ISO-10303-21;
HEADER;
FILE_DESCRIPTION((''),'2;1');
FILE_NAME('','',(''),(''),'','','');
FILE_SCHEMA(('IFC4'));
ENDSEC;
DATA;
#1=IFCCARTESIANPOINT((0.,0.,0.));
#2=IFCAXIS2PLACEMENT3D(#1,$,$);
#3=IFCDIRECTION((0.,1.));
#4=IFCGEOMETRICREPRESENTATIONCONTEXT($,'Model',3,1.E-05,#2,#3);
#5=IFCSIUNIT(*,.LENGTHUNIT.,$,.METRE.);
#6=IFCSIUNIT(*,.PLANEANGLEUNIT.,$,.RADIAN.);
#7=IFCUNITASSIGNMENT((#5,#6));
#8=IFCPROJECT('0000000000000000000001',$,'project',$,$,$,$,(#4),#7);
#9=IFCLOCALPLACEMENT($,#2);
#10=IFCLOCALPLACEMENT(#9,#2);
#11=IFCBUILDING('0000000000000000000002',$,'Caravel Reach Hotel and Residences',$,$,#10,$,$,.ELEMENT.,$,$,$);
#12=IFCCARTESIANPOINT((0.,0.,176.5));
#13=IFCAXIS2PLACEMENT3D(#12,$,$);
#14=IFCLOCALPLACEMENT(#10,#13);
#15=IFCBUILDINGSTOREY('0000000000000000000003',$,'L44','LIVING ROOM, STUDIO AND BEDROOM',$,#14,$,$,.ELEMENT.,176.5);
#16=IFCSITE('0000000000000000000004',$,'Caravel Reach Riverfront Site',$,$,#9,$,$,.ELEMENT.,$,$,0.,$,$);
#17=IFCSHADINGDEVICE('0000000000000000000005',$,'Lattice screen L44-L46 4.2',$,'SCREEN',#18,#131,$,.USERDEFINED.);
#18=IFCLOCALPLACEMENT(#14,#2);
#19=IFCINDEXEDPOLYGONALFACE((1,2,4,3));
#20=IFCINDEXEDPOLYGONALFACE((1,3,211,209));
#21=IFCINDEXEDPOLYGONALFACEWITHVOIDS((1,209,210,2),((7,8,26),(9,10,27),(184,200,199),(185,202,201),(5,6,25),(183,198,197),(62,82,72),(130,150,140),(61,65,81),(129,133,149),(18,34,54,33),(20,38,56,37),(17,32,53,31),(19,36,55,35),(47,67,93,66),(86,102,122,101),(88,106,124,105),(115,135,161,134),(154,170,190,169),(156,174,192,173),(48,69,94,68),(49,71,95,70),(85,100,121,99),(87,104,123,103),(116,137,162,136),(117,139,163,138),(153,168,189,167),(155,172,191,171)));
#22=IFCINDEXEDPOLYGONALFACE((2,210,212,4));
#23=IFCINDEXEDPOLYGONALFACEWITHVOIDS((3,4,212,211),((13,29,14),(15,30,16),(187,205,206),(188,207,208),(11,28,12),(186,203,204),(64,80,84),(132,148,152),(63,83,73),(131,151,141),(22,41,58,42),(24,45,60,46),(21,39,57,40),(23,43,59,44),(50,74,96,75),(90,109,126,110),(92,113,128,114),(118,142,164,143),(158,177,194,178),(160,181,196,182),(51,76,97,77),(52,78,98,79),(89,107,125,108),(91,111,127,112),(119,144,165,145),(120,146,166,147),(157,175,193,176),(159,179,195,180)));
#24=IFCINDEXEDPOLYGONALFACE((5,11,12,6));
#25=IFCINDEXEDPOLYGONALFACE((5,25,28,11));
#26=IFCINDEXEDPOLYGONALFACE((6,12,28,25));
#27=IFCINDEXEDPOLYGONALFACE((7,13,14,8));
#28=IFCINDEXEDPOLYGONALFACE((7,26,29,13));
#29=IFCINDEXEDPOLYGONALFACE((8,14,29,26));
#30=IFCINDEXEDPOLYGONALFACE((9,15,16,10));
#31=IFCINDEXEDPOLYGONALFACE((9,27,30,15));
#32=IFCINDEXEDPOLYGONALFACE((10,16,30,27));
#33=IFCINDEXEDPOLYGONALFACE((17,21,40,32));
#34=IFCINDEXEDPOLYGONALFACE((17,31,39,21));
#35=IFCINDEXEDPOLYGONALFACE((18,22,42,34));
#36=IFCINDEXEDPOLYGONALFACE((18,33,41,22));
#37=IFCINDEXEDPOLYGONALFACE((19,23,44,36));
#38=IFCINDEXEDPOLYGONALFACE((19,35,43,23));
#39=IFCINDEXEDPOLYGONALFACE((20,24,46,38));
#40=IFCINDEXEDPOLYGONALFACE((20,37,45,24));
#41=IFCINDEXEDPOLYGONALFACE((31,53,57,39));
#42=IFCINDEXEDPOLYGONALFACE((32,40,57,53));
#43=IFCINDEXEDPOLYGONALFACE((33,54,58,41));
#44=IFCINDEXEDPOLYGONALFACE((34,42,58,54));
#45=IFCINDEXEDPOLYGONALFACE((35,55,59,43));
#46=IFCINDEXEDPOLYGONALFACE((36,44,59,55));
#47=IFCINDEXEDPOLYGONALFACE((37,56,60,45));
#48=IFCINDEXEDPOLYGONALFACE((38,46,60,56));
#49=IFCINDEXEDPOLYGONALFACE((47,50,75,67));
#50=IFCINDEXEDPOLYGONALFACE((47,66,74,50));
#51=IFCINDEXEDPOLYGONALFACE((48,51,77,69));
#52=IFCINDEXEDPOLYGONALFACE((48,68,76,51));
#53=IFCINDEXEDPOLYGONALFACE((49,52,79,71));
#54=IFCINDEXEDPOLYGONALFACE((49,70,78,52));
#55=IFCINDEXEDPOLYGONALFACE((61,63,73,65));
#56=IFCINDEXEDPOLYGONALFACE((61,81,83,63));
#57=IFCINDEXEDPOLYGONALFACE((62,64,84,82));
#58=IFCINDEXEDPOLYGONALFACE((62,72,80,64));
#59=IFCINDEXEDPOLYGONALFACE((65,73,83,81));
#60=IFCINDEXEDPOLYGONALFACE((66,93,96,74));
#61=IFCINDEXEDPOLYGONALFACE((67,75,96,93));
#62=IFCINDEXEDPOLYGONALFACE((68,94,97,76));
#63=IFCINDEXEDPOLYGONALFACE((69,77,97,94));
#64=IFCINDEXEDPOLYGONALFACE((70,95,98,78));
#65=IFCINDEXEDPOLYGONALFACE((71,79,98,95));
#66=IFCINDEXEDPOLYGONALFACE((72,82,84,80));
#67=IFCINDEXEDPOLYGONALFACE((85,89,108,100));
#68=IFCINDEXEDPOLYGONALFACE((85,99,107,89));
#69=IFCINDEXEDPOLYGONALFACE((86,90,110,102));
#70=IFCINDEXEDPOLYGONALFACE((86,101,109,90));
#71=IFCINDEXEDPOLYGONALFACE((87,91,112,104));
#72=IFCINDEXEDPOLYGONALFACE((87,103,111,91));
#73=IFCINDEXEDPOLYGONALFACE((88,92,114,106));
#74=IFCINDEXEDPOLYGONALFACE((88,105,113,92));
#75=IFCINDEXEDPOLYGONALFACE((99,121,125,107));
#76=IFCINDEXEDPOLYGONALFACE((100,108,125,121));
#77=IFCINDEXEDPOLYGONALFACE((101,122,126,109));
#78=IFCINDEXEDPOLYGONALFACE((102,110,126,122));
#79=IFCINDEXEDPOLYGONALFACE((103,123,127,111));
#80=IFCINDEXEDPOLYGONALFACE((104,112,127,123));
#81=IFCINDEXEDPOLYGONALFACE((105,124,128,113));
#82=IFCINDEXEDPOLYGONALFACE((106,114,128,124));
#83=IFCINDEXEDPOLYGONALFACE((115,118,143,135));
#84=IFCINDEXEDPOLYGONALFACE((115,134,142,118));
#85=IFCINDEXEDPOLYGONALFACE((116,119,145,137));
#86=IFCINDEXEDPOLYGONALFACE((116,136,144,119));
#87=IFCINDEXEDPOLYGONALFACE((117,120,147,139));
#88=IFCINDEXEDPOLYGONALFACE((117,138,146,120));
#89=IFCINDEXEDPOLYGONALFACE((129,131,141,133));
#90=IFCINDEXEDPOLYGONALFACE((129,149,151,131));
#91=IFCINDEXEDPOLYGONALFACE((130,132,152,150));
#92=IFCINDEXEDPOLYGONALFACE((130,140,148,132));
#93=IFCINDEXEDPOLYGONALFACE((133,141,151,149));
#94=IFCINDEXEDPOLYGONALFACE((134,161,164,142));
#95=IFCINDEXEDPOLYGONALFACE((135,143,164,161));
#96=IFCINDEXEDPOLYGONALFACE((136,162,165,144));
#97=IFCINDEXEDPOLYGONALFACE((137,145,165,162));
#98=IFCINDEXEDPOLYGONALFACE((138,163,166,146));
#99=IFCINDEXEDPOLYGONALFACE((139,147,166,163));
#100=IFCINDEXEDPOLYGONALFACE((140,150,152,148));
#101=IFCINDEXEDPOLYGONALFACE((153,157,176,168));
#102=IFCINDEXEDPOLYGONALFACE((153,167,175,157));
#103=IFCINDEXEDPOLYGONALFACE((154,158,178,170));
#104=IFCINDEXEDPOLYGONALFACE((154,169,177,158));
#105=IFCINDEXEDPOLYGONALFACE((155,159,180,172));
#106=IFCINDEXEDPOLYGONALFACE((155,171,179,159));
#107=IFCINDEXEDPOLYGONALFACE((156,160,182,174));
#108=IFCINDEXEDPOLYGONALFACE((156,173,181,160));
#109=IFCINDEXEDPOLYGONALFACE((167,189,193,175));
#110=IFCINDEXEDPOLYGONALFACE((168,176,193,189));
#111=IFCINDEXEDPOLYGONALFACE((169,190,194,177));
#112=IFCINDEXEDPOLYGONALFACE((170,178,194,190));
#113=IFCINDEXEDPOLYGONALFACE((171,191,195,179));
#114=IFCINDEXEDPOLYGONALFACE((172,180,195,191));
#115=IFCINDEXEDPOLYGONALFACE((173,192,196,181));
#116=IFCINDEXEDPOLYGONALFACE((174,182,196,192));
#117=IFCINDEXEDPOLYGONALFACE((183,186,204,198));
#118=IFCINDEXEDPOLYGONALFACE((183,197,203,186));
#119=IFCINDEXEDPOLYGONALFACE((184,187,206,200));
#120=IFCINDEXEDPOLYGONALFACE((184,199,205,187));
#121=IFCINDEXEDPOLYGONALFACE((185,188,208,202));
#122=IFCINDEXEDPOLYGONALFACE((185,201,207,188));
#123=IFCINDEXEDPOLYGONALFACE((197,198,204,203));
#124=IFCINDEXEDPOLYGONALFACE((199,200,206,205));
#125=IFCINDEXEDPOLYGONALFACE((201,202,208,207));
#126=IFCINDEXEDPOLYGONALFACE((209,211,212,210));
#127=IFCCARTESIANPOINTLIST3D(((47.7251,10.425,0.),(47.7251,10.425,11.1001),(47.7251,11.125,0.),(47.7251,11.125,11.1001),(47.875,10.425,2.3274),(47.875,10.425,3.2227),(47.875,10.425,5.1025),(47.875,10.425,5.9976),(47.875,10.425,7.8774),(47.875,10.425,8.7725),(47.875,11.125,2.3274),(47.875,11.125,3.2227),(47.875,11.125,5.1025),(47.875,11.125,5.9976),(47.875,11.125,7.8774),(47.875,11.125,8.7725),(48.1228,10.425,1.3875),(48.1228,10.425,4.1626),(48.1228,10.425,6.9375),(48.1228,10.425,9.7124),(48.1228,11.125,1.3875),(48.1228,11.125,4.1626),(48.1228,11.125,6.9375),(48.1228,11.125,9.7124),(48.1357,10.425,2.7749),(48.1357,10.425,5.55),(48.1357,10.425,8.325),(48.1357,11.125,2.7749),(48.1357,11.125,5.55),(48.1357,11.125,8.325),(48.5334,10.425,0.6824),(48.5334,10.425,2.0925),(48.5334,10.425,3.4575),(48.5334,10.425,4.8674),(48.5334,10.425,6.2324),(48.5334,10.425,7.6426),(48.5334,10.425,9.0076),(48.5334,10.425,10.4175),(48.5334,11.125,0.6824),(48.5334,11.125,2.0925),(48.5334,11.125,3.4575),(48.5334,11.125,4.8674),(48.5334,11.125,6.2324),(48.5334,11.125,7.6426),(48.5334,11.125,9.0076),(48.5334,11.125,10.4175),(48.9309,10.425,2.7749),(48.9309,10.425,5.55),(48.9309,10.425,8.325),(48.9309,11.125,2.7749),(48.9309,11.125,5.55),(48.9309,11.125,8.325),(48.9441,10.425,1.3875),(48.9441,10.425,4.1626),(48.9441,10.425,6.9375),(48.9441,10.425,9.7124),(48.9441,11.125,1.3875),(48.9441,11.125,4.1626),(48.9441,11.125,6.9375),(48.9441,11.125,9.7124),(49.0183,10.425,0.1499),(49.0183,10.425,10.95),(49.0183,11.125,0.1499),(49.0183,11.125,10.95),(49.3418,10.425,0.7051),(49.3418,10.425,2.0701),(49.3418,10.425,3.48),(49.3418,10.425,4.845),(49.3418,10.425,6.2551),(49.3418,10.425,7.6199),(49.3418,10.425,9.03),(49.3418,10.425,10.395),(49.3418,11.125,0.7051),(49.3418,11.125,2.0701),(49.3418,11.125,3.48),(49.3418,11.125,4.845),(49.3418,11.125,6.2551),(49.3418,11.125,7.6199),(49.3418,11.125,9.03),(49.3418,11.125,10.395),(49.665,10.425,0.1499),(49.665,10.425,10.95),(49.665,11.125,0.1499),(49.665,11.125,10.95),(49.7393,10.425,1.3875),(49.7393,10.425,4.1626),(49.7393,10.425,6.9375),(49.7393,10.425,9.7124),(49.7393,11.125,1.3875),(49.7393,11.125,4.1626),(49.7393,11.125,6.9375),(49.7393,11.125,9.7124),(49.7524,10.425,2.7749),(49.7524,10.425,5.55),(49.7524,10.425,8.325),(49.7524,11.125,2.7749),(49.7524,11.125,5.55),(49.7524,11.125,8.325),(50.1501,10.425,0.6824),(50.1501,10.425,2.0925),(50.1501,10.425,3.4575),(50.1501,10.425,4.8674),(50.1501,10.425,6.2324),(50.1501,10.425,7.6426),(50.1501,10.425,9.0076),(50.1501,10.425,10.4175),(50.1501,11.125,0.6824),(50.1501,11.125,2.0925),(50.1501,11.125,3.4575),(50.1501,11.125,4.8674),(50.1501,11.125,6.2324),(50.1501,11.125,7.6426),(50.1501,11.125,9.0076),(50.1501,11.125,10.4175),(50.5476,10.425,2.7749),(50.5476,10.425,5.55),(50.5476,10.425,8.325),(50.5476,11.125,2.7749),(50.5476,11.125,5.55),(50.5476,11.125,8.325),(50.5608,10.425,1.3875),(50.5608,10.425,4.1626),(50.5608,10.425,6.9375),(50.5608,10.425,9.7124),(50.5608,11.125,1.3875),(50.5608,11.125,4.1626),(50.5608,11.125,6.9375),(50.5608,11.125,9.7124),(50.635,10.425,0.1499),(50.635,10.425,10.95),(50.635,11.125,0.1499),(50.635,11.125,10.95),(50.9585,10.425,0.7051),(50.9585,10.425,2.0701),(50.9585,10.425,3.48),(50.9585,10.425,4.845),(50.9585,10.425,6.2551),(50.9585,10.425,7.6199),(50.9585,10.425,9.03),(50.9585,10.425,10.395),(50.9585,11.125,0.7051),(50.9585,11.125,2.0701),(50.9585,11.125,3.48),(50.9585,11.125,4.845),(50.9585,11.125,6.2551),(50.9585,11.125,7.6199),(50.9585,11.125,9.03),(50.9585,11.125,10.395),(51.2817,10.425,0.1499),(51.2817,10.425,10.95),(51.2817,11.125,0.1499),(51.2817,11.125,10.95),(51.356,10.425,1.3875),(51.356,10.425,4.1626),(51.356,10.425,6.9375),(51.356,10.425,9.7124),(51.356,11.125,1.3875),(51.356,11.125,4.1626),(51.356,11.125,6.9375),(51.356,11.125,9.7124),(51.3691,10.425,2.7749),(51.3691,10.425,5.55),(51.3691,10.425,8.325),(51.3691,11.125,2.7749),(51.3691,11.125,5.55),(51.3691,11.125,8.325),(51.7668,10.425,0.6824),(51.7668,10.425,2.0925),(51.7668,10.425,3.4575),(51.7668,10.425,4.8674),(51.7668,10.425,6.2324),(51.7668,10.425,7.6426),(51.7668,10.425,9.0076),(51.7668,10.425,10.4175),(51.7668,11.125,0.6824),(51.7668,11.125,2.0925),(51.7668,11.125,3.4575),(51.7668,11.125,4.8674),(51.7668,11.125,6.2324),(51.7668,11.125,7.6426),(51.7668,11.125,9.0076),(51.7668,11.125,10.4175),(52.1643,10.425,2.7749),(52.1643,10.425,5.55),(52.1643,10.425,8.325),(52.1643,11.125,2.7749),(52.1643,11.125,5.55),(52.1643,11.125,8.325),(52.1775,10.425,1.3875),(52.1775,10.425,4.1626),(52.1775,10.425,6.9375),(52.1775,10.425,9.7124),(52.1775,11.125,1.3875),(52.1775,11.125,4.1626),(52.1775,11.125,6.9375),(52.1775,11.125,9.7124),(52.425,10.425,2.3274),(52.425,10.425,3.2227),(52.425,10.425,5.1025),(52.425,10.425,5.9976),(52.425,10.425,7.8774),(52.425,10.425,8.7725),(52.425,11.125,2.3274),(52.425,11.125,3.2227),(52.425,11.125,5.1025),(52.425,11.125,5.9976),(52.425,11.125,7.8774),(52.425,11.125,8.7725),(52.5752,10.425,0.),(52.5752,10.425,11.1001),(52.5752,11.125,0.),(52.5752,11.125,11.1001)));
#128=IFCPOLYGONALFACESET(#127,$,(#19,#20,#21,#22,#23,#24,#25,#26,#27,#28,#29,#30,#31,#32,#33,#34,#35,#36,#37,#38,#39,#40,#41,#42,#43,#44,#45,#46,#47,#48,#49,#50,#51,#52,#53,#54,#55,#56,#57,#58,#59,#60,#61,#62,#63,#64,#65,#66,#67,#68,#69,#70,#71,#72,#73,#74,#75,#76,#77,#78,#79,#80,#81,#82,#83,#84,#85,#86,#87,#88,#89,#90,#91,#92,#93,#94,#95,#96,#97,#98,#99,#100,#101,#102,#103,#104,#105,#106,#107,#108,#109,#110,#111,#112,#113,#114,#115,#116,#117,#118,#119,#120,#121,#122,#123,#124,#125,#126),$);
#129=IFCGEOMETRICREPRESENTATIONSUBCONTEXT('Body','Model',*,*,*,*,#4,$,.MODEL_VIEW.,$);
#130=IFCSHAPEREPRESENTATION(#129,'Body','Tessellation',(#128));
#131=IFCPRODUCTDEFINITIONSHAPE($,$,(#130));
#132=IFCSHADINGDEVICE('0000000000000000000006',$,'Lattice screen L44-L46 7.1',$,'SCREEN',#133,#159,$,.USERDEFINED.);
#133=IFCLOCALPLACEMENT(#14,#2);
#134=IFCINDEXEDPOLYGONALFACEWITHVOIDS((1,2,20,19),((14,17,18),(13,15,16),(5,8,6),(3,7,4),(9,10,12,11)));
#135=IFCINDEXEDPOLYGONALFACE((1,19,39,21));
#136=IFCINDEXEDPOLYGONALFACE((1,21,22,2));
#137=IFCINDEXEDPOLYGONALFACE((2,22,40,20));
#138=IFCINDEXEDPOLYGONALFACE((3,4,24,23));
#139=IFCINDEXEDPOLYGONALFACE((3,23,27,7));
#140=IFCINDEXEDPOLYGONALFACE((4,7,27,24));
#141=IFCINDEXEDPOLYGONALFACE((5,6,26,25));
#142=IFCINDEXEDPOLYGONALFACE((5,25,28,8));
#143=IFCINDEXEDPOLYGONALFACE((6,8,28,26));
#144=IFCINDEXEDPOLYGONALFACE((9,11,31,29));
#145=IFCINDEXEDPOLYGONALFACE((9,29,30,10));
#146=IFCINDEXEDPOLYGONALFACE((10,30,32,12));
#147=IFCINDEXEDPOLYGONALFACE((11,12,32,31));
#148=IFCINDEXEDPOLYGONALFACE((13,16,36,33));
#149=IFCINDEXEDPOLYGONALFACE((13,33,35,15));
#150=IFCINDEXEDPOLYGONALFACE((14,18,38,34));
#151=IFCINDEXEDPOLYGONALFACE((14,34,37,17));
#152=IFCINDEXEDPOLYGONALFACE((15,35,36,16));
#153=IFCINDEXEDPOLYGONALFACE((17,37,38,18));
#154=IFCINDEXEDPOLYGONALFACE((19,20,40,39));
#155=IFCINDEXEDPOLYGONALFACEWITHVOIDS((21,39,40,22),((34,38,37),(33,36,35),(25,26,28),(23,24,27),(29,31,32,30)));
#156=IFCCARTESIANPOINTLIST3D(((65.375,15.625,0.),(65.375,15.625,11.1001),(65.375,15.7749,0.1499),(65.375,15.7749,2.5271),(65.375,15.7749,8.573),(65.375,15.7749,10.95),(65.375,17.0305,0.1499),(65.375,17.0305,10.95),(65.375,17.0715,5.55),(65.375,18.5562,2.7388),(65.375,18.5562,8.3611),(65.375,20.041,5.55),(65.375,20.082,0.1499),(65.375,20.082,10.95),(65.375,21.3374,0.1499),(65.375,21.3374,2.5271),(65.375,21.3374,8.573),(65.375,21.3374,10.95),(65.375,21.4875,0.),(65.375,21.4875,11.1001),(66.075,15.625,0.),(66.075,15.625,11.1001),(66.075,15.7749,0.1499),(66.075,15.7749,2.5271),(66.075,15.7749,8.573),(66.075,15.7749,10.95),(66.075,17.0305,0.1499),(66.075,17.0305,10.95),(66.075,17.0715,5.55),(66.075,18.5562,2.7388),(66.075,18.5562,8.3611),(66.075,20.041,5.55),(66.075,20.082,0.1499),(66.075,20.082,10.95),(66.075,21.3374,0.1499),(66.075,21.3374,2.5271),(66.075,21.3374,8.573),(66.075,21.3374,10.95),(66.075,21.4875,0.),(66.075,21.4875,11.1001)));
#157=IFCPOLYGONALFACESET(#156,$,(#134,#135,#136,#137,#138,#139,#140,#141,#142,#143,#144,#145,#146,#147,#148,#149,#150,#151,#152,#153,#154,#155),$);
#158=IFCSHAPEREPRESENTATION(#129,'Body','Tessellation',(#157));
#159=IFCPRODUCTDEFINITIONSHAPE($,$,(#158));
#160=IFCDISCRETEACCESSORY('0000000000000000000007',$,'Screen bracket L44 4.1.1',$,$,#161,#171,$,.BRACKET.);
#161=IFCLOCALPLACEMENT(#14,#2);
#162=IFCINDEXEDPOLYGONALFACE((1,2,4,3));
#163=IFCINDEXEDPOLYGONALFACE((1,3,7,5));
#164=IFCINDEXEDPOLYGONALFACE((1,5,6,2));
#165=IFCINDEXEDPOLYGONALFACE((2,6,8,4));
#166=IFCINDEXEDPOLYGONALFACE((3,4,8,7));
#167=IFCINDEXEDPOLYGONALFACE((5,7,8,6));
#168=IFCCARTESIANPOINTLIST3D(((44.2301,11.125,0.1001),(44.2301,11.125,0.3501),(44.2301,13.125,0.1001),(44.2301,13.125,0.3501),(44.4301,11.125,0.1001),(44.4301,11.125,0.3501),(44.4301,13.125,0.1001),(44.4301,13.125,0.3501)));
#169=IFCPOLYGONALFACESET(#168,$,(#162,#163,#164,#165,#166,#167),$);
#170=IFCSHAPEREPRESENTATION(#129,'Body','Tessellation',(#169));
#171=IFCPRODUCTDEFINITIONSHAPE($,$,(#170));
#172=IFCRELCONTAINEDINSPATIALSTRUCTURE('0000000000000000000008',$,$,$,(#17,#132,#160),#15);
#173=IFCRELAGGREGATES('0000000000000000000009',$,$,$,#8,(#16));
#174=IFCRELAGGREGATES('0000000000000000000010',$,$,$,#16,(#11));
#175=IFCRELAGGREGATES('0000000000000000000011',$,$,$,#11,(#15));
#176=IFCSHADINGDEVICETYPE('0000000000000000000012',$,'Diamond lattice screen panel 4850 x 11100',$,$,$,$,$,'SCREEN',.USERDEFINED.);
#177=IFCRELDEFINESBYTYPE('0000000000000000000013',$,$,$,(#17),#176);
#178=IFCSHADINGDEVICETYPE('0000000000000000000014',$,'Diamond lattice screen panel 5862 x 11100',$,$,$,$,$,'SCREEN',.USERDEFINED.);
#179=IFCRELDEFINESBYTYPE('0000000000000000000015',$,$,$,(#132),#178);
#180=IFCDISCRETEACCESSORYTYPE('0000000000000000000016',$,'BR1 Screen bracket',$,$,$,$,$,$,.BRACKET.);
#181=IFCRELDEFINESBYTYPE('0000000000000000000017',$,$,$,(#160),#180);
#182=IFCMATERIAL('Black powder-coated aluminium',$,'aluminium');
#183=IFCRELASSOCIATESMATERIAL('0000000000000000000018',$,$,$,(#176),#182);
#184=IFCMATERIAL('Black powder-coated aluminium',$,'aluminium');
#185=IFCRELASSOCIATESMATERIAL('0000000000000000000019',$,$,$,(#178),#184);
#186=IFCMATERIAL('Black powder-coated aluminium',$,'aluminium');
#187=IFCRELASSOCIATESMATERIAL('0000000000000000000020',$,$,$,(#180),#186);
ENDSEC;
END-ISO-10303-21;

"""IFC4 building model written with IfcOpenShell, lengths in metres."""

from ifc_helpers import new_model, si_unit, direction, frame, origin, origin_2d, place, context, subcontext, project, spatial, polyline, rectangle, outline, extrude, material, type_object, element, save


model = new_model("IFC4")

# Units and contexts
model_context = context("Model", 3, precision=1e-05, world=origin(), true_north=direction((0.0, 1.0)))
body_context = subcontext(model_context, "Body", "Model", "MODEL_VIEW")
ifc_project = project(units=[si_unit("LENGTHUNIT", "METRE"), si_unit("PLANEANGLEUNIT", "RADIAN")], contexts=[model_context])

# Site, building, storey
site_placement = place(None, origin())
site = spatial("IfcSite", under=ifc_project, at=site_placement, Name="Caravel Reach Riverfront Site", CompositionType="ELEMENT", RefElevation=0.0)
building_placement = place(site_placement, origin())
building = spatial("IfcBuilding", under=site, at=building_placement, Name="Caravel Reach Hotel and Residences", CompositionType="ELEMENT")
storey_placement = place(building_placement, frame((0.0, 0.0, 176.5)))
storey = spatial("IfcBuildingStorey", under=building, at=storey_placement, Name="L44", Description="LIVING ROOM, STUDIO AND BEDROOM", CompositionType="ELEMENT", Elevation=176.5)

# Shading devices
ifc_material_1 = material(Name="Black powder-coated aluminium", Category="aluminium")
shading_device_type_1 = type_object("IfcShadingDeviceType", Name="Diamond lattice screen panel 4850 x 11100", ElementType="SCREEN", PredefinedType="USERDEFINED", material=ifc_material_1)
shading_device_1_placement = place(storey_placement, frame((47.7251, 11.125, 0.0), z_axis=(0.0, -1.0, 0.0), x_axis=(1.0, 0.0, 0.0)))
element("IfcShadingDevice", 1, at=shading_device_1_placement, inside=storey, type_object=shading_device_type_1, Name="Lattice screen L44-L46 4.2", ObjectType="SCREEN", PredefinedType="USERDEFINED", context=body_context, shape_type="SweptSolid", body=[
    extrude(outline(polyline([(0.0, 0.0), (4.8501, 0.0), (4.8501, 11.1001), (0.0, 11.1001), (0.0, 0.0)]), holes=[polyline([(0.4106, 2.7749), (0.1499, 3.2227), (0.1499, 2.3274), (0.4106, 2.7749)]), polyline([(0.4106, 5.55), (0.1499, 5.9976), (0.1499, 5.1025), (0.4106, 5.55)]), polyline([(0.4106, 8.325), (0.1499, 8.7725), (0.1499, 7.8774), (0.4106, 8.325)]), polyline([(0.8083, 2.0925), (0.3977, 1.3875), (0.8083, 0.6824), (1.219, 1.3875), (0.8083, 2.0925)]), polyline([(0.8083, 4.8674), (0.3977, 4.1626), (0.8083, 3.4575), (1.219, 4.1626), (0.8083, 4.8674)]), polyline([(0.8083, 7.6426), (0.3977, 6.9375), (0.8083, 6.2324), (1.219, 6.9375), (0.8083, 7.6426)]), polyline([(0.8083, 10.4175), (0.3977, 9.7124), (0.8083, 9.0076), (1.219, 9.7124), (0.8083, 10.4175)]), polyline([(1.6167, 0.7051), (1.2932, 0.1499), (1.9399, 0.1499), (1.6167, 0.7051)]), polyline([(1.6167, 3.48), (1.2058, 2.7749), (1.6167, 2.0701), (2.0273, 2.7749), (1.6167, 3.48)]), polyline([(1.6167, 6.2551), (1.2058, 5.55), (1.6167, 4.845), (2.0273, 5.55), (1.6167, 6.2551)]), polyline([(1.6167, 9.03), (1.2058, 8.325), (1.6167, 7.6199), (2.0273, 8.325), (1.6167, 9.03)]), polyline([(1.6167, 10.395), (1.9399, 10.95), (1.2932, 10.95), (1.6167, 10.395)]), polyline([(2.425, 2.0925), (2.0142, 1.3875), (2.425, 0.6824), (2.8357, 1.3875), (2.425, 2.0925)]), polyline([(2.425, 4.8674), (2.0142, 4.1626), (2.425, 3.4575), (2.8357, 4.1626), (2.425, 4.8674)]), polyline([(2.425, 7.6426), (2.0142, 6.9375), (2.425, 6.2324), (2.8357, 6.9375), (2.425, 7.6426)]), polyline([(2.425, 10.4175), (2.0142, 9.7124), (2.425, 9.0076), (2.8357, 9.7124), (2.425, 10.4175)]), polyline([(3.2334, 0.7051), (2.9099, 0.1499), (3.5566, 0.1499), (3.2334, 0.7051)]), polyline([(3.2334, 3.48), (2.8225, 2.7749), (3.2334, 2.0701), (3.644, 2.7749), (3.2334, 3.48)]), polyline([(3.2334, 6.2551), (2.8225, 5.55), (3.2334, 4.845), (3.644, 5.55), (3.2334, 6.2551)]), polyline([(3.2334, 9.03), (2.8225, 8.325), (3.2334, 7.6199), (3.644, 8.325), (3.2334, 9.03)]), polyline([(3.2334, 10.395), (3.5566, 10.95), (2.9099, 10.95), (3.2334, 10.395)]), polyline([(4.0417, 2.0925), (3.6309, 1.3875), (4.0417, 0.6824), (4.4524, 1.3875), (4.0417, 2.0925)]), polyline([(4.0417, 4.8674), (3.6309, 4.1626), (4.0417, 3.4575), (4.4524, 4.1626), (4.0417, 4.8674)]), polyline([(4.0417, 7.6426), (3.6309, 6.9375), (4.0417, 6.2324), (4.4524, 6.9375), (4.0417, 7.6426)]), polyline([(4.0417, 10.4175), (3.6309, 9.7124), (4.0417, 9.0076), (4.4524, 9.7124), (4.0417, 10.4175)]), polyline([(4.4392, 2.7749), (4.7, 2.3274), (4.7, 3.2227), (4.4392, 2.7749)]), polyline([(4.4392, 5.55), (4.7, 5.1025), (4.7, 5.9976), (4.4392, 5.55)]), polyline([(4.4392, 8.325), (4.7, 7.8774), (4.7, 8.7725), (4.4392, 8.325)])]), origin(), (0.0, 0.0, 1.0), 0.7),
])
ifc_material_2 = material(Name="Black powder-coated aluminium", Category="aluminium")
shading_device_type_2 = type_object("IfcShadingDeviceType", Name="Diamond lattice screen panel 5862 x 11100", ElementType="SCREEN", PredefinedType="USERDEFINED", material=ifc_material_2)
shading_device_2_placement = place(storey_placement, frame((65.375, 15.625, 0.0), z_axis=(1.0, 0.0, 0.0), x_axis=(0.0, 1.0, 0.0)))
element("IfcShadingDevice", 2, at=shading_device_2_placement, inside=storey, type_object=shading_device_type_2, Name="Lattice screen L44-L46 7.1", ObjectType="SCREEN", PredefinedType="USERDEFINED", context=body_context, shape_type="SweptSolid", body=[
    extrude(outline(polyline([(0.0, 0.0), (5.8625, 0.0), (5.8625, 11.1001), (0.0, 11.1001), (0.0, 0.0)]), holes=[polyline([(1.4055, 0.1499), (0.1499, 2.5271), (0.1499, 0.1499), (1.4055, 0.1499)]), polyline([(0.1499, 8.573), (1.4055, 10.95), (0.1499, 10.95), (0.1499, 8.573)]), polyline([(2.9312, 8.3611), (1.4465, 5.55), (2.9312, 2.7388), (4.416, 5.55), (2.9312, 8.3611)]), polyline([(5.7124, 2.5271), (4.457, 0.1499), (5.7124, 0.1499), (5.7124, 2.5271)]), polyline([(4.457, 10.95), (5.7124, 8.573), (5.7124, 10.95), (4.457, 10.95)])]), origin(), (0.0, 0.0, 1.0), 0.7),
])

# Discrete accessory
ifc_material_3 = material(Name="Black powder-coated aluminium", Category="aluminium")
discrete_accessory_type = type_object("IfcDiscreteAccessoryType", Name="BR1 Screen bracket", PredefinedType="BRACKET", material=ifc_material_3)
discrete_accessory_1_placement = place(storey_placement, frame((44.3301, 12.125, 0.1001), z_axis=(0.0, 0.0, 1.0), x_axis=(0.0, -1.0, 0.0)))
element("IfcDiscreteAccessory", 3, at=discrete_accessory_1_placement, inside=storey, type_object=discrete_accessory_type, Name="Screen bracket L44 4.1.1", PredefinedType="BRACKET", context=body_context, shape_type="SweptSolid", body=[
    extrude(rectangle(XDim=2.0, YDim=0.2, at=origin_2d()), origin(), (0.0, 0.0, 1.0), 0.25),
])

save(model, "model.ifc")
